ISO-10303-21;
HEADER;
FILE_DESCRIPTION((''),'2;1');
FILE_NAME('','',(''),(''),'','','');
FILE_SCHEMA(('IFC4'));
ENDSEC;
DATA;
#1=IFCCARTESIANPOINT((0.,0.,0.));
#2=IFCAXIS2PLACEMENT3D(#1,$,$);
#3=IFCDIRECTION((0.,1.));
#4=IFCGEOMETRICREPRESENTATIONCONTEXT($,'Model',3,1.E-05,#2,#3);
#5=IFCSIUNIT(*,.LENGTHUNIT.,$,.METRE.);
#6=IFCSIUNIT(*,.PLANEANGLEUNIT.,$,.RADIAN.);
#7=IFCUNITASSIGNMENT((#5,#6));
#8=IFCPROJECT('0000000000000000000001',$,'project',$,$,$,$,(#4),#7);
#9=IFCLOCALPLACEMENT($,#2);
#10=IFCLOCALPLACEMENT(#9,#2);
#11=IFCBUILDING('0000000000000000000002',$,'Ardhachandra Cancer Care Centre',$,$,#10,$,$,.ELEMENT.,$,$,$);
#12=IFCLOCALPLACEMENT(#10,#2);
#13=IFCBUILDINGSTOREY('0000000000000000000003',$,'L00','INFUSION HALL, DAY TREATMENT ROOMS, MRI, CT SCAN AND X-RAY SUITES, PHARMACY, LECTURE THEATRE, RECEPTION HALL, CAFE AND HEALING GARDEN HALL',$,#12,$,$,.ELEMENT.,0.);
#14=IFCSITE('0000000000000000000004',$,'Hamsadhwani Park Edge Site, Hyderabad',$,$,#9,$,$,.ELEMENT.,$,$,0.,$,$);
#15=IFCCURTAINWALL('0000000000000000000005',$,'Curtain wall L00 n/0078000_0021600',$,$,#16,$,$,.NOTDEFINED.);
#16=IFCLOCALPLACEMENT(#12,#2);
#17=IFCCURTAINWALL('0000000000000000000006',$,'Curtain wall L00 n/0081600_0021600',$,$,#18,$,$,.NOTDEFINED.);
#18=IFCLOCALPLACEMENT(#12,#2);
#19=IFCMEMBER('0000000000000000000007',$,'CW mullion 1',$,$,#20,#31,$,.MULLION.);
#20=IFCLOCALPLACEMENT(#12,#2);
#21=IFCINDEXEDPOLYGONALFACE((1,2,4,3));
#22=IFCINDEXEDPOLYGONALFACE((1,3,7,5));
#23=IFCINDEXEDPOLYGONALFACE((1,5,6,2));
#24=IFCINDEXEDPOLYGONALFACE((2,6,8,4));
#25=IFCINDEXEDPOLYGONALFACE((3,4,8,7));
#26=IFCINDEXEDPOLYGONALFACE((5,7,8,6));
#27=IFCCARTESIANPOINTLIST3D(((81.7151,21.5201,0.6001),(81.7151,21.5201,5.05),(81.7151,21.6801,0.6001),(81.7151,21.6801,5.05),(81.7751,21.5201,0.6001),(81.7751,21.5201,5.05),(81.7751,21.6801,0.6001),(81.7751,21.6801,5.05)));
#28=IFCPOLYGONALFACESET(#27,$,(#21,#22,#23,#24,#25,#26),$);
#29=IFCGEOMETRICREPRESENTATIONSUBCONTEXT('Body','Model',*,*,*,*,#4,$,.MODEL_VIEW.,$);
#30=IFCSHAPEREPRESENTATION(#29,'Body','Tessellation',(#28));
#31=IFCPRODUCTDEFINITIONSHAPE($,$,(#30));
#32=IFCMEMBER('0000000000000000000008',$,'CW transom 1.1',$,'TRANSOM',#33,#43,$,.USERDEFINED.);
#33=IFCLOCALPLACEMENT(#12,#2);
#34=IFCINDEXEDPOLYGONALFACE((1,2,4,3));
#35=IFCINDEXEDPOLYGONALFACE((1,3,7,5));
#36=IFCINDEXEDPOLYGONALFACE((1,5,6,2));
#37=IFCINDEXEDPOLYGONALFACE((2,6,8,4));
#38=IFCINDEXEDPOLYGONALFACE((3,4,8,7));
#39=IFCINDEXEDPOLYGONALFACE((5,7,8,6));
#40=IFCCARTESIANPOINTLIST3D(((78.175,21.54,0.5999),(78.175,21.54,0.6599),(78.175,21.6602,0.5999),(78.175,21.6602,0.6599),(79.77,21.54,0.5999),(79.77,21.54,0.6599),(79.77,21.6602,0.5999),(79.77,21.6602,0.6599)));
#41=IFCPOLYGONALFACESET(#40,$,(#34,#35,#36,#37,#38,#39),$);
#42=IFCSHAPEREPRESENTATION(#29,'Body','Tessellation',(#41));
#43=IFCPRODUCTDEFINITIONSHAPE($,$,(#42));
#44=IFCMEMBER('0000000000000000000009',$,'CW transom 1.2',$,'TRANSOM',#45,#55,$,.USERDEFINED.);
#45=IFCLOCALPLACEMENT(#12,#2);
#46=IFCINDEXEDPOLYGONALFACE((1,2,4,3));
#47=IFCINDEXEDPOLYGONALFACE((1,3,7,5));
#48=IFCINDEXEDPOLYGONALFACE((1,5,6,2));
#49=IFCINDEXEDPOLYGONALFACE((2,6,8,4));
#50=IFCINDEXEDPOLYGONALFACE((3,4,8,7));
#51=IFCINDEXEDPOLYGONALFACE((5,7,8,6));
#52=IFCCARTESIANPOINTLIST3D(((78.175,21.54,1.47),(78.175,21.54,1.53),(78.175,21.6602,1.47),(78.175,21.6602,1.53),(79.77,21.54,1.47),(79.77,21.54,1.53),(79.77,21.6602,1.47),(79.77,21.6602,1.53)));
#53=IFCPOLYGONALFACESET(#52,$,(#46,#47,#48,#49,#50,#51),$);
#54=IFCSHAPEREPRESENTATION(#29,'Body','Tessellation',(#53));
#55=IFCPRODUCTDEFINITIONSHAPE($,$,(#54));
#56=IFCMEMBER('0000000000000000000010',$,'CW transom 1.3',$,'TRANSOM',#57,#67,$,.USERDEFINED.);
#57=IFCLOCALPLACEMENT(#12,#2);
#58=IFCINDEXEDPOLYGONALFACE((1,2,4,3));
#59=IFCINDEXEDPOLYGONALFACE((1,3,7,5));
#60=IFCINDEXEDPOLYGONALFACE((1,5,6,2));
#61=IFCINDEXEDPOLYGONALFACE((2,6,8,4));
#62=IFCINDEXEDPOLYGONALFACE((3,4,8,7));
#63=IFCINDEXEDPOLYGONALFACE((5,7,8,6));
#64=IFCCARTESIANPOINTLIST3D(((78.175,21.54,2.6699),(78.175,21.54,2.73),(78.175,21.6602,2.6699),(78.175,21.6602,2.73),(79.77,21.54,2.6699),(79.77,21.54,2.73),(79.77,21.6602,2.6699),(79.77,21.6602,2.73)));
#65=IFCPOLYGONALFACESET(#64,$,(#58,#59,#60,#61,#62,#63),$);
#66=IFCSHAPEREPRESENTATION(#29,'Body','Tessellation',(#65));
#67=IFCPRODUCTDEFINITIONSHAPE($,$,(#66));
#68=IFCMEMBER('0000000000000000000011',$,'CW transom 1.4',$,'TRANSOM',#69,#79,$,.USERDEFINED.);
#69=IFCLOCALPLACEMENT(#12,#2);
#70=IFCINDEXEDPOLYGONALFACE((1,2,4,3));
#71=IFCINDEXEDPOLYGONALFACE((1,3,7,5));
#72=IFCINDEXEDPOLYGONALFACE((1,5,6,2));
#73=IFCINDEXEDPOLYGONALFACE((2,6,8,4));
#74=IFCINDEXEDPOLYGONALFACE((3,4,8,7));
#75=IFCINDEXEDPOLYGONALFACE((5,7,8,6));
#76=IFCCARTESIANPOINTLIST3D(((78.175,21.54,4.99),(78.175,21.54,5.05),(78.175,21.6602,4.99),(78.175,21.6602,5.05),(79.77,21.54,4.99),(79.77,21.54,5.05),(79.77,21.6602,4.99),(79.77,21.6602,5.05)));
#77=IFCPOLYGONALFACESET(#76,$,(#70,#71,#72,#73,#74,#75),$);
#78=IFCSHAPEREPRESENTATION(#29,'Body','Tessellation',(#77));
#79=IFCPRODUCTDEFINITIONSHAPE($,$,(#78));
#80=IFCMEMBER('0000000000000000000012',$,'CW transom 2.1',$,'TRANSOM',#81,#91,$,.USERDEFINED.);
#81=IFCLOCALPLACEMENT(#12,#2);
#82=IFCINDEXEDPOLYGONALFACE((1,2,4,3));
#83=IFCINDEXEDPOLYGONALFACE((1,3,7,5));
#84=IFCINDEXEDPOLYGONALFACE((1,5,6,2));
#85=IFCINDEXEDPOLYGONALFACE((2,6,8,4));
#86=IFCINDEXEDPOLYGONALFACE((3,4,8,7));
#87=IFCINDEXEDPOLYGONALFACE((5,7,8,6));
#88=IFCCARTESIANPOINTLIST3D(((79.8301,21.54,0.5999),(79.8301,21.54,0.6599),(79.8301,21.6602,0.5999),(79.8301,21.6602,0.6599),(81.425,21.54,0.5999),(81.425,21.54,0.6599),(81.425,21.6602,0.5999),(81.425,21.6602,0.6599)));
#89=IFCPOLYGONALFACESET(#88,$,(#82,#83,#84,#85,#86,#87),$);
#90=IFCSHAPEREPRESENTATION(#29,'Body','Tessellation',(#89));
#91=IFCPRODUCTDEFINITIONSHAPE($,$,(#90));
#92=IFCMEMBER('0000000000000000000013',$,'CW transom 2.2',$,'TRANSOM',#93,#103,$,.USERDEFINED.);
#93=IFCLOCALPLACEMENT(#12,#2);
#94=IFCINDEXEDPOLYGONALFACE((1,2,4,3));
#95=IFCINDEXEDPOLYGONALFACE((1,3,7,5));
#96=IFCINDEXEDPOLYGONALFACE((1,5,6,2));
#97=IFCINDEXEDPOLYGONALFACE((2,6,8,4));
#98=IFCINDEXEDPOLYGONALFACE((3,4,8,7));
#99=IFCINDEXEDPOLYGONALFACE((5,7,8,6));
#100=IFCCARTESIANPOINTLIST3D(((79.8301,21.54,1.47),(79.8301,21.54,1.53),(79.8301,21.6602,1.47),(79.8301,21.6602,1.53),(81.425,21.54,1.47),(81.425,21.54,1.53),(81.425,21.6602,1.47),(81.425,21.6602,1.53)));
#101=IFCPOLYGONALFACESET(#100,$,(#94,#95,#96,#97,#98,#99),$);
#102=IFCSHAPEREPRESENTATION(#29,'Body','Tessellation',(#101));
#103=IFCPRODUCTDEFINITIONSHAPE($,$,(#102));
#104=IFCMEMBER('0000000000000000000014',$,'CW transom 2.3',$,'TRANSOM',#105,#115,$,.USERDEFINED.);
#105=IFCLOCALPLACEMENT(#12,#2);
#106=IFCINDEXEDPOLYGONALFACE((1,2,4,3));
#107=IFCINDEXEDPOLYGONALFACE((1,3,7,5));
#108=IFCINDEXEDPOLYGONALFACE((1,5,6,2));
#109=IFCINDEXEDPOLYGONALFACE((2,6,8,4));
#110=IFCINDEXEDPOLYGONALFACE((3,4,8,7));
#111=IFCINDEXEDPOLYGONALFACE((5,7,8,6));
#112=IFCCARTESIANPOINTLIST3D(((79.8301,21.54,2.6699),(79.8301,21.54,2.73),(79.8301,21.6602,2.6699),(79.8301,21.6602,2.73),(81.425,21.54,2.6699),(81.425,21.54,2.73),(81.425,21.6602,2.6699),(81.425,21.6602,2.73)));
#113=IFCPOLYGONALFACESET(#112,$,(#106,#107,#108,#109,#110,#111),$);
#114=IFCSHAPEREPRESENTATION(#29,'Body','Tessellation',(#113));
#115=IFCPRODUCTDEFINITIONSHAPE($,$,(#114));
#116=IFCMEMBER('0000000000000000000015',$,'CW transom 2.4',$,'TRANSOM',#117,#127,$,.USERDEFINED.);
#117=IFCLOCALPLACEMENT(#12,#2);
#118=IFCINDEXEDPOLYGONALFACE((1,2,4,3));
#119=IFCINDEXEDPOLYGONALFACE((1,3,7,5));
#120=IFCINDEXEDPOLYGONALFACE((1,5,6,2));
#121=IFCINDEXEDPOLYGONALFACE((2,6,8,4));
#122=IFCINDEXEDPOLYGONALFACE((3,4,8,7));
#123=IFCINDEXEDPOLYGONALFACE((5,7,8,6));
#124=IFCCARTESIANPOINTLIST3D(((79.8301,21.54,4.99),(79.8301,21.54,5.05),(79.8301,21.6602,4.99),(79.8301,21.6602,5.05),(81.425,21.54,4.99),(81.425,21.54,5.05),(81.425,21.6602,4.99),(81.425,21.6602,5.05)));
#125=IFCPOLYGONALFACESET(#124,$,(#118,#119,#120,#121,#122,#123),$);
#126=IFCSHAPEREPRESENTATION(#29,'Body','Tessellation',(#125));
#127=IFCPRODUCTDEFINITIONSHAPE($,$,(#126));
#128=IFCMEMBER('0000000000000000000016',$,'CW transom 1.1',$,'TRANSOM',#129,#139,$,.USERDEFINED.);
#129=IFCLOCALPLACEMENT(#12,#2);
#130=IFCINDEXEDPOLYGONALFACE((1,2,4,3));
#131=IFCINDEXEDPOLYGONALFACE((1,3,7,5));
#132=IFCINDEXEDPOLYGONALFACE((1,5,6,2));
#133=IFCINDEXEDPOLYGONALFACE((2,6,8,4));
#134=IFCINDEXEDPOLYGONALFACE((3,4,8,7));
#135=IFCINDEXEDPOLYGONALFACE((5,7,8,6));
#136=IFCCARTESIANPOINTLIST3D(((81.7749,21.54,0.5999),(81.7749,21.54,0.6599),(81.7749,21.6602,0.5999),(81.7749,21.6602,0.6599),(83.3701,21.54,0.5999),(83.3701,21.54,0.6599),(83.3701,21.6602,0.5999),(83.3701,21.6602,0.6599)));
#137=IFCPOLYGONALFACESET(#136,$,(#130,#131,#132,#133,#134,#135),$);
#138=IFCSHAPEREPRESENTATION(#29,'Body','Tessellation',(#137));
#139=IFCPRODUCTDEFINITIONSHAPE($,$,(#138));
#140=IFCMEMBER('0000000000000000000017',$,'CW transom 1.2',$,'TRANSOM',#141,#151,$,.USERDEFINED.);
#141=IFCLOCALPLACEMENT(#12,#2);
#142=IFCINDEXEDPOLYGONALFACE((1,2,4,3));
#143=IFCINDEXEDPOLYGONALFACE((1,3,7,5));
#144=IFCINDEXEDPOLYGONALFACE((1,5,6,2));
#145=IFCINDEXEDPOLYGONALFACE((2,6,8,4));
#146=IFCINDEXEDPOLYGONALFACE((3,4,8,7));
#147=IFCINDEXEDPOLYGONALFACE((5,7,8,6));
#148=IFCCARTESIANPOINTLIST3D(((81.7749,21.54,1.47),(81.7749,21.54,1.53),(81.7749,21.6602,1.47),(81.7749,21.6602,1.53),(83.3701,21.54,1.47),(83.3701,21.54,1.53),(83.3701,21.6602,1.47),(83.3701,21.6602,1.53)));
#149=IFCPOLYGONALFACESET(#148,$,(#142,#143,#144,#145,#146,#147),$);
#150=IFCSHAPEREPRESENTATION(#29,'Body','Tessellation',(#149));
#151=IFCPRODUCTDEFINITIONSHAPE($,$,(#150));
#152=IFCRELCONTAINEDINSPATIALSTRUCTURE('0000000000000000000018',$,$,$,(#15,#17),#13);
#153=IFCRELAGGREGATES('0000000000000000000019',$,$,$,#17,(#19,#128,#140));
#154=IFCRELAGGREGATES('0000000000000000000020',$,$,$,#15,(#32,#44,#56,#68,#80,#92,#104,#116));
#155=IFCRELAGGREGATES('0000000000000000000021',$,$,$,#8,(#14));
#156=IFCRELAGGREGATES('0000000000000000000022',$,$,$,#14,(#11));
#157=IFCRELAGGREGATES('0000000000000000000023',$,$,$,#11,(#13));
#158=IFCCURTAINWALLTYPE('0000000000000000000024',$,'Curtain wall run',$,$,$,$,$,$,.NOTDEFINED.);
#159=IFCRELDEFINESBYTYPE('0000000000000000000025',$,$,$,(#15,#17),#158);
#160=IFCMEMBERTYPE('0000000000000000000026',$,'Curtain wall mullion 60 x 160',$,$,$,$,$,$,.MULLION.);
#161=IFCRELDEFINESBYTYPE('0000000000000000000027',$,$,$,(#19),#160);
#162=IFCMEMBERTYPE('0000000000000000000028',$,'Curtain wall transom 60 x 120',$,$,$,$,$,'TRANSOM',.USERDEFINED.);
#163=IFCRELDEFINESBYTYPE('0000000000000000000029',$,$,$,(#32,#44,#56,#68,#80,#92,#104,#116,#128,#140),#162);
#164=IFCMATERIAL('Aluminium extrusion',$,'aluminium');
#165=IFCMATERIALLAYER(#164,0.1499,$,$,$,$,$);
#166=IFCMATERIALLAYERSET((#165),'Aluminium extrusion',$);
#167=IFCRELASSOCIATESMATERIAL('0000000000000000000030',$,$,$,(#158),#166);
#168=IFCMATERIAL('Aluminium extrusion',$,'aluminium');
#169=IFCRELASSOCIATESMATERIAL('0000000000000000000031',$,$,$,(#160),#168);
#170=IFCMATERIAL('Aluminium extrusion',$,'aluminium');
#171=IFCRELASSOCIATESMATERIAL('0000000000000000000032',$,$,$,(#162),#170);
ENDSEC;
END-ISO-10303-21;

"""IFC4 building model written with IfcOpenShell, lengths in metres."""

from ifc_helpers import new_model, si_unit, direction, frame, origin, origin_2d, place, context, subcontext, project, spatial, rectangle, extrude, material, layer, layer_set, material_profile, profile_set, type_object, element, aggregate, save


model = new_model("IFC4")

# Units and contexts
model_context = context("Model", 3, precision=1e-05, world=origin(), true_north=direction((0.0, 1.0)))
body_context = subcontext(model_context, "Body", "Model", "MODEL_VIEW")
ifc_project = project(units=[si_unit("LENGTHUNIT", "METRE"), si_unit("PLANEANGLEUNIT", "RADIAN")], contexts=[model_context])

# Site, building, storey
site_placement = place(None, origin())
site = spatial("IfcSite", under=ifc_project, at=site_placement, Name="Hamsadhwani Park Edge Site, Hyderabad", CompositionType="ELEMENT", RefElevation=0.0)
building_placement = place(site_placement, origin())
building = spatial("IfcBuilding", under=site, at=building_placement, Name="Ardhachandra Cancer Care Centre", CompositionType="ELEMENT")
storey_placement = place(building_placement, origin())
storey = spatial("IfcBuildingStorey", under=building, at=storey_placement, Name="L00", Description="INFUSION HALL, DAY TREATMENT ROOMS, MRI, CT SCAN AND X-RAY SUITES, PHARMACY, LECTURE THEATRE, RECEPTION HALL, CAFE AND HEALING GARDEN HALL", CompositionType="ELEMENT", Elevation=0.0)

# Curtain wall
ifc_material_1 = material(Name="Aluminium extrusion", Category="aluminium")
ifc_layer_1 = layer(ifc_material_1, 0.1499)
ifc_layer_set_1 = layer_set([ifc_layer_1], Name="Aluminium extrusion")
curtain_wall_type = type_object("IfcCurtainWallType", Name="Curtain wall run", PredefinedType="NOTDEFINED", material=ifc_layer_set_1)
curtain_wall_1_placement = place(storey_placement, origin())
curtain_wall_1 = element("IfcCurtainWall", 1, at=curtain_wall_1_placement, inside=storey, type_object=curtain_wall_type, Name="Curtain wall L00 n/0078000_0021600", PredefinedType="NOTDEFINED")
ifc_material_2 = material(Name="Aluminium extrusion", Category="aluminium")
ifc_material_profile_1 = material_profile(ifc_material_2, rectangle(XDim=0.1599, YDim=0.0601, at=origin_2d()), Name="Curtain wall mullion 60 x 160")
ifc_profile_set_1 = profile_set([ifc_material_profile_1], Name="Aluminium extrusion")
member_type_1 = type_object("IfcMemberType", Name="Curtain wall mullion 60 x 160", PredefinedType="MULLION", material=ifc_profile_set_1)

# Curtain wall, member
curtain_wall_2_placement = place(storey_placement, origin())
curtain_wall_2 = element("IfcCurtainWall", 2, at=curtain_wall_2_placement, inside=storey, type_object=curtain_wall_type, Name="Curtain wall L00 n/0081600_0021600", PredefinedType="NOTDEFINED")
member_1_placement = place(storey_placement, frame((81.7451, 21.6001, 0.6001), z_axis=(0.0, 0.0, 1.0), x_axis=(0.0, 1.0, 0.0)))
member_1 = element("IfcMember", 3, at=member_1_placement, type_object=member_type_1, Name="CW mullion 1", PredefinedType="MULLION", context=body_context, shape_type="SweptSolid", body=[
    extrude(rectangle(XDim=0.1599, YDim=0.0601, at=origin_2d()), origin(), (0.0, 0.0, 1.0), 4.45),
])

# Members
ifc_material_3 = material(Name="Aluminium extrusion", Category="aluminium")
ifc_material_profile_2 = material_profile(ifc_material_3, rectangle(XDim=0.1201, YDim=0.0601, at=origin_2d()), Name="Curtain wall transom 60 x 120")
ifc_profile_set_2 = profile_set([ifc_material_profile_2], Name="Aluminium extrusion")
member_type_2 = type_object("IfcMemberType", Name="Curtain wall transom 60 x 120", ElementType="TRANSOM", PredefinedType="USERDEFINED", material=ifc_profile_set_2)
member_2_placement = place(storey_placement, frame((78.175, 21.6001, 0.6299), z_axis=(1.0, 0.0, 0.0), x_axis=(0.0, 1.0, 0.0)))
member_2 = element("IfcMember", 4, at=member_2_placement, type_object=member_type_2, Name="CW transom 1.1", ObjectType="TRANSOM", PredefinedType="USERDEFINED", context=body_context, shape_type="SweptSolid", body=[
    extrude(rectangle(XDim=0.1201, YDim=0.0601, at=origin_2d()), origin(), (0.0, 0.0, 1.0), 1.595),
])
member_3_placement = place(storey_placement, frame((78.175, 21.6001, 1.5), z_axis=(1.0, 0.0, 0.0), x_axis=(0.0, 1.0, 0.0)))
member_3 = element("IfcMember", 5, at=member_3_placement, type_object=member_type_2, Name="CW transom 1.2", ObjectType="TRANSOM", PredefinedType="USERDEFINED", context=body_context, shape_type="SweptSolid", body=[
    extrude(rectangle(XDim=0.1201, YDim=0.0601, at=origin_2d()), origin(), (0.0, 0.0, 1.0), 1.595),
])
member_4_placement = place(storey_placement, frame((78.175, 21.6001, 2.7), z_axis=(1.0, 0.0, 0.0), x_axis=(0.0, 1.0, 0.0)))
member_4 = element("IfcMember", 6, at=member_4_placement, type_object=member_type_2, Name="CW transom 1.3", ObjectType="TRANSOM", PredefinedType="USERDEFINED", context=body_context, shape_type="SweptSolid", body=[
    extrude(rectangle(XDim=0.1201, YDim=0.0601, at=origin_2d()), origin(), (0.0, 0.0, 1.0), 1.595),
])
member_5_placement = place(storey_placement, frame((78.175, 21.6001, 5.02), z_axis=(1.0, 0.0, 0.0), x_axis=(0.0, 1.0, 0.0)))
member_5 = element("IfcMember", 7, at=member_5_placement, type_object=member_type_2, Name="CW transom 1.4", ObjectType="TRANSOM", PredefinedType="USERDEFINED", context=body_context, shape_type="SweptSolid", body=[
    extrude(rectangle(XDim=0.1201, YDim=0.0601, at=origin_2d()), origin(), (0.0, 0.0, 1.0), 1.595),
])
member_6_placement = place(storey_placement, frame((79.8301, 21.6001, 0.6299), z_axis=(1.0, 0.0, 0.0), x_axis=(0.0, 1.0, 0.0)))
member_6 = element("IfcMember", 8, at=member_6_placement, type_object=member_type_2, Name="CW transom 2.1", ObjectType="TRANSOM", PredefinedType="USERDEFINED", context=body_context, shape_type="SweptSolid", body=[
    extrude(rectangle(XDim=0.1201, YDim=0.0601, at=origin_2d()), origin(), (0.0, 0.0, 1.0), 1.595),
])
member_7_placement = place(storey_placement, frame((79.8301, 21.6001, 1.5), z_axis=(1.0, 0.0, 0.0), x_axis=(0.0, 1.0, 0.0)))
member_7 = element("IfcMember", 9, at=member_7_placement, type_object=member_type_2, Name="CW transom 2.2", ObjectType="TRANSOM", PredefinedType="USERDEFINED", context=body_context, shape_type="SweptSolid", body=[
    extrude(rectangle(XDim=0.1201, YDim=0.0601, at=origin_2d()), origin(), (0.0, 0.0, 1.0), 1.595),
])
member_8_placement = place(storey_placement, frame((79.8301, 21.6001, 2.7), z_axis=(1.0, 0.0, 0.0), x_axis=(0.0, 1.0, 0.0)))
member_8 = element("IfcMember", 10, at=member_8_placement, type_object=member_type_2, Name="CW transom 2.3", ObjectType="TRANSOM", PredefinedType="USERDEFINED", context=body_context, shape_type="SweptSolid", body=[
    extrude(rectangle(XDim=0.1201, YDim=0.0601, at=origin_2d()), origin(), (0.0, 0.0, 1.0), 1.595),
])
member_9_placement = place(storey_placement, frame((79.8301, 21.6001, 5.02), z_axis=(1.0, 0.0, 0.0), x_axis=(0.0, 1.0, 0.0)))
member_9 = element("IfcMember", 11, at=member_9_placement, type_object=member_type_2, Name="CW transom 2.4", ObjectType="TRANSOM", PredefinedType="USERDEFINED", context=body_context, shape_type="SweptSolid", body=[
    extrude(rectangle(XDim=0.1201, YDim=0.0601, at=origin_2d()), origin(), (0.0, 0.0, 1.0), 1.595),
])
member_10_placement = place(storey_placement, frame((81.7749, 21.6001, 0.6299), z_axis=(1.0, 0.0, 0.0), x_axis=(0.0, 1.0, 0.0)))
member_10 = element("IfcMember", 12, at=member_10_placement, type_object=member_type_2, Name="CW transom 1.1", ObjectType="TRANSOM", PredefinedType="USERDEFINED", context=body_context, shape_type="SweptSolid", body=[
    extrude(rectangle(XDim=0.1201, YDim=0.0601, at=origin_2d()), origin(), (0.0, 0.0, 1.0), 1.5952),
])
member_11_placement = place(storey_placement, frame((81.7749, 21.6001, 1.5), z_axis=(1.0, 0.0, 0.0), x_axis=(0.0, 1.0, 0.0)))
member_11 = element("IfcMember", 13, at=member_11_placement, type_object=member_type_2, Name="CW transom 1.2", ObjectType="TRANSOM", PredefinedType="USERDEFINED", context=body_context, shape_type="SweptSolid", body=[
    extrude(rectangle(XDim=0.1201, YDim=0.0601, at=origin_2d()), origin(), (0.0, 0.0, 1.0), 1.5952),
])
aggregate(curtain_wall_2, [member_1, member_10, member_11])

aggregate(curtain_wall_1, [member_2, member_3, member_4, member_5, member_6, member_7, member_8, member_9])

save(model, "model.ifc")
